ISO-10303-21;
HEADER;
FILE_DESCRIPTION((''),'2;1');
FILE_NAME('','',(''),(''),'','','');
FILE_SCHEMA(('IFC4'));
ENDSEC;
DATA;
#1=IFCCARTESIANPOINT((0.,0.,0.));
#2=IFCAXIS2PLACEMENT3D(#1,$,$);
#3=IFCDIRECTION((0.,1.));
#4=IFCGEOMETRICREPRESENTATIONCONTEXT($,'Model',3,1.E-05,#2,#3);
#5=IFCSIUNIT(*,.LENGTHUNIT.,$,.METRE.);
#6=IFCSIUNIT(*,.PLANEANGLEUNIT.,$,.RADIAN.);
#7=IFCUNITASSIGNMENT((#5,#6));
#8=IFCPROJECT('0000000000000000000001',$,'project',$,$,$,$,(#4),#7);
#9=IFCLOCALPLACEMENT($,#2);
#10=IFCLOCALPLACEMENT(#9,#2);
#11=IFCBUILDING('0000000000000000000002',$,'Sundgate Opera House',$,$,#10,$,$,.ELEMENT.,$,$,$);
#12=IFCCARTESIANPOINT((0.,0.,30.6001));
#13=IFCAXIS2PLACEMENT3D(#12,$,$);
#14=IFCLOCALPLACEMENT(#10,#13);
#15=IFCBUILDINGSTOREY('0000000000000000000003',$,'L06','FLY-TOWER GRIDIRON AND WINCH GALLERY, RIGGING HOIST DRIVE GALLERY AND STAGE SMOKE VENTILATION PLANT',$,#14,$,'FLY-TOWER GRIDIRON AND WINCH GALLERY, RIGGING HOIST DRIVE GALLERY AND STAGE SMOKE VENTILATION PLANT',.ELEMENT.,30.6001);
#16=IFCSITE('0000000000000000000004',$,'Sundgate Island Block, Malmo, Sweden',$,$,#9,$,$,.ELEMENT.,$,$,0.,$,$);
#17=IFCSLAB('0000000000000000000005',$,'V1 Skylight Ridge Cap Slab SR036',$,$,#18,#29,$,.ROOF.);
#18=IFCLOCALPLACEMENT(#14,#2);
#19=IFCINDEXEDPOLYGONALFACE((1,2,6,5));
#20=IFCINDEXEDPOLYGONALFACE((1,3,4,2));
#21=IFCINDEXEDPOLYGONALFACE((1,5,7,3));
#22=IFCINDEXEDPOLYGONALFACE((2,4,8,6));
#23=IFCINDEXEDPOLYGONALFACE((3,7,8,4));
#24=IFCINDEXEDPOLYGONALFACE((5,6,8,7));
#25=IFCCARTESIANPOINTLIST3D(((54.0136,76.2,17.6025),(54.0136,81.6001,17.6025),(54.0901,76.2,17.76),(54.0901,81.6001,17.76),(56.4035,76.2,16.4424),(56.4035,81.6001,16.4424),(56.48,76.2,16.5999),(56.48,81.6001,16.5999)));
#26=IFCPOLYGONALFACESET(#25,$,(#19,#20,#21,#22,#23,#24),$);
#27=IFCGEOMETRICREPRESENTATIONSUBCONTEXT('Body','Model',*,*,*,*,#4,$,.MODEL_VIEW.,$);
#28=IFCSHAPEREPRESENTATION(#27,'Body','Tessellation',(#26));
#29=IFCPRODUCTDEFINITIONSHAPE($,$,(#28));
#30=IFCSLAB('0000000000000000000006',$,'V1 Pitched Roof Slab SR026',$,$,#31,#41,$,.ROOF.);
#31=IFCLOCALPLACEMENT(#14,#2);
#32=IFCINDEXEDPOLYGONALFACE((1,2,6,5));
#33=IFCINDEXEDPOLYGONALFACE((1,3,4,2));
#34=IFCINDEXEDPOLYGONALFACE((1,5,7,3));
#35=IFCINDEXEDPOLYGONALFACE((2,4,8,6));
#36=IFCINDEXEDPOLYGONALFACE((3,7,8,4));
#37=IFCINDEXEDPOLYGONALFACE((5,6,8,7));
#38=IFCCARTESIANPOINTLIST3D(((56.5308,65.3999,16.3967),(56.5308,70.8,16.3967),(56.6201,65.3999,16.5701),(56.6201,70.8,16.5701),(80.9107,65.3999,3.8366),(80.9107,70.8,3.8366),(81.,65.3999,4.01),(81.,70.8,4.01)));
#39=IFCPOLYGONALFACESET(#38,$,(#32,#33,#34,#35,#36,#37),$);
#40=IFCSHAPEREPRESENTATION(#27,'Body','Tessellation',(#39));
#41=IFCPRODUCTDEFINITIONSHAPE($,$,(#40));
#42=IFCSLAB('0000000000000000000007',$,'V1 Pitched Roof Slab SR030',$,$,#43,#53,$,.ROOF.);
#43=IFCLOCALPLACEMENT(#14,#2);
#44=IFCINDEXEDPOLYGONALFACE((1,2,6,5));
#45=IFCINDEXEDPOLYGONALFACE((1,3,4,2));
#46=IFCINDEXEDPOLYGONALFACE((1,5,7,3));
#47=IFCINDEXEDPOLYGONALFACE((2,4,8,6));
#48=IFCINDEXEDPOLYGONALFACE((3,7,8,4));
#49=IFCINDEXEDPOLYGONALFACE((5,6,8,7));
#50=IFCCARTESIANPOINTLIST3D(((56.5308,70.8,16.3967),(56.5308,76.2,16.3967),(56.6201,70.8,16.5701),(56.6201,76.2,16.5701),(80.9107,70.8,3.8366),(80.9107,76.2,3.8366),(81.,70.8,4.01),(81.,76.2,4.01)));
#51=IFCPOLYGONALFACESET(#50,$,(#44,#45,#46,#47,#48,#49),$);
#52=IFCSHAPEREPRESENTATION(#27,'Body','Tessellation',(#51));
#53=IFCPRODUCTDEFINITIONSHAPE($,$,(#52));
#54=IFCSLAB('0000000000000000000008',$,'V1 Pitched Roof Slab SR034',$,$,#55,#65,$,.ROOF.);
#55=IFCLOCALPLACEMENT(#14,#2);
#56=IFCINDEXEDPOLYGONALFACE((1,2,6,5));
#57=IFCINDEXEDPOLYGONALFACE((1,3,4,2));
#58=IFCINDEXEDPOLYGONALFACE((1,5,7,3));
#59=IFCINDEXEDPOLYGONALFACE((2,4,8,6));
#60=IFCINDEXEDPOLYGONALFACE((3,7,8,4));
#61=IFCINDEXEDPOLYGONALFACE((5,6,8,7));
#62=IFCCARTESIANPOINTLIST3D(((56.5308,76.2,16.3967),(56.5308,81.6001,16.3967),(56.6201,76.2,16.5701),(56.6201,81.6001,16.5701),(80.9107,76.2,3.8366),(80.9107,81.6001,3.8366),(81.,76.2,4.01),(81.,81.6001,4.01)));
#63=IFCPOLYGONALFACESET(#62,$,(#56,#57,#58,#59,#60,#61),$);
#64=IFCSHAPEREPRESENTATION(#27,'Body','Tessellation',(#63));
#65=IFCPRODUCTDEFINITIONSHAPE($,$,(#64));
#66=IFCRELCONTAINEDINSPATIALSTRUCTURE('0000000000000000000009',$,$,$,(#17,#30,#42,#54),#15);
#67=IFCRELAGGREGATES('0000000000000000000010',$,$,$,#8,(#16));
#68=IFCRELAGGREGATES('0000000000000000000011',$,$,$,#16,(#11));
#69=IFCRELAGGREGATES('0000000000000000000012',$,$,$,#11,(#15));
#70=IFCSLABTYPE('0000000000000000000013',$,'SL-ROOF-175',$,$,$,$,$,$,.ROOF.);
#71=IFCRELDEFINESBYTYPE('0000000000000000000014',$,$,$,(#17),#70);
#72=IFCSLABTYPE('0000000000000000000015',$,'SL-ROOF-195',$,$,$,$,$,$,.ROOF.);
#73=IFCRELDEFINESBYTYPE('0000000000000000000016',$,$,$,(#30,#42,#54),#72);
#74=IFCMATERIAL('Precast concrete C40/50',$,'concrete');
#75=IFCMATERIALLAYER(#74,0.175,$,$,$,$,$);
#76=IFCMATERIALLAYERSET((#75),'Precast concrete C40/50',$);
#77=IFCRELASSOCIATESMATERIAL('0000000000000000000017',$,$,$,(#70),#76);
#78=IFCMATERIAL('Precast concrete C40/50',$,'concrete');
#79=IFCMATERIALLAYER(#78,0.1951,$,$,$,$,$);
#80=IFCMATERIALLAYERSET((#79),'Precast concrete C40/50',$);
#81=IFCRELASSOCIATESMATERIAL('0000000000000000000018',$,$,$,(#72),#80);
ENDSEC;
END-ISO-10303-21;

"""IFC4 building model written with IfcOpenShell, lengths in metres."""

from ifc_helpers import new_model, si_unit, direction, frame, origin, place, context, subcontext, project, spatial, polyline, outline, extrude, material, layer, layer_set, type_object, element, save


model = new_model("IFC4")

# Units and contexts
model_context = context("Model", 3, precision=1e-05, world=origin(), true_north=direction((0.0, 1.0)))
body_context = subcontext(model_context, "Body", "Model", "MODEL_VIEW")
ifc_project = project(units=[si_unit("LENGTHUNIT", "METRE"), si_unit("PLANEANGLEUNIT", "RADIAN")], contexts=[model_context])

# Site, building, storey
site_placement = place(None, origin())
site = spatial("IfcSite", under=ifc_project, at=site_placement, Name="Sundgate Island Block, Malmo, Sweden", CompositionType="ELEMENT", RefElevation=0.0)
building_placement = place(site_placement, origin())
building = spatial("IfcBuilding", under=site, at=building_placement, Name="Sundgate Opera House", CompositionType="ELEMENT")
storey_placement = place(building_placement, frame((0.0, 0.0, 30.6001)))
storey = spatial("IfcBuildingStorey", under=building, at=storey_placement, Name="L06", Description="FLY-TOWER GRIDIRON AND WINCH GALLERY, RIGGING HOIST DRIVE GALLERY AND STAGE SMOKE VENTILATION PLANT", LongName="FLY-TOWER GRIDIRON AND WINCH GALLERY, RIGGING HOIST DRIVE GALLERY AND STAGE SMOKE VENTILATION PLANT", CompositionType="ELEMENT", Elevation=30.6001)

# Slabs
ifc_material_1 = material(Name="Precast concrete C40/50", Category="concrete")
ifc_layer_1 = layer(ifc_material_1, 0.175)
ifc_layer_set_1 = layer_set([ifc_layer_1], Name="Precast concrete C40/50")
slab_type_1 = type_object("IfcSlabType", Name="SL-ROOF-175", PredefinedType="ROOF", material=ifc_layer_set_1)
slab_1_placement = place(storey_placement, frame((54.0901, 76.2, 17.76), z_axis=(0.436706, 0.0, 0.899604), x_axis=(0.899604, 0.0, -0.436706)))
element("IfcSlab", 1, at=slab_1_placement, inside=storey, type_object=slab_type_1, Name="V1 Skylight Ridge Cap Slab SR036", PredefinedType="ROOF", context=body_context, shape_type="SweptSolid", body=[
    extrude(outline(polyline([(0.0, 0.0), (2.6566, 0.0), (2.6566, 5.4001), (0.0, 5.4001), (0.0, 0.0)])), origin(), (0.0, 0.0, -1.0), 0.175),
])
ifc_material_2 = material(Name="Precast concrete C40/50", Category="concrete")
ifc_layer_2 = layer(ifc_material_2, 0.1951)
ifc_layer_set_2 = layer_set([ifc_layer_2], Name="Precast concrete C40/50")
slab_type_2 = type_object("IfcSlabType", Name="SL-ROOF-195", PredefinedType="ROOF", material=ifc_layer_set_2)
slab_2_placement = place(storey_placement, frame((56.6201, 65.3999, 16.5701), z_axis=(0.457977, 0.0, 0.888964), x_axis=(0.888964, 0.0, -0.457977)))
element("IfcSlab", 2, at=slab_2_placement, inside=storey, type_object=slab_type_2, Name="V1 Pitched Roof Slab SR026", PredefinedType="ROOF", context=body_context, shape_type="SweptSolid", body=[
    extrude(outline(polyline([(0.0, 0.0), (27.4251, 0.0), (27.4251, 5.4001), (0.0, 5.4001), (0.0, 0.0)])), origin(), (0.0, 0.0, -1.0), 0.1951),
])
slab_3_placement = place(storey_placement, frame((56.6201, 70.8, 16.5701), z_axis=(0.457977, 0.0, 0.888964), x_axis=(0.888964, 0.0, -0.457977)))
element("IfcSlab", 3, at=slab_3_placement, inside=storey, type_object=slab_type_2, Name="V1 Pitched Roof Slab SR030", PredefinedType="ROOF", context=body_context, shape_type="SweptSolid", body=[
    extrude(outline(polyline([(0.0, 0.0), (27.4251, 0.0), (27.4251, 5.3999), (0.0, 5.3999), (0.0, 0.0)])), origin(), (0.0, 0.0, -1.0), 0.1951),
])
slab_4_placement = place(storey_placement, frame((56.6201, 76.2, 16.5701), z_axis=(0.457977, 0.0, 0.888964), x_axis=(0.888964, 0.0, -0.457977)))
element("IfcSlab", 4, at=slab_4_placement, inside=storey, type_object=slab_type_2, Name="V1 Pitched Roof Slab SR034", PredefinedType="ROOF", context=body_context, shape_type="SweptSolid", body=[
    extrude(outline(polyline([(0.0, 0.0), (27.4251, 0.0), (27.4251, 5.4001), (0.0, 5.4001), (0.0, 0.0)])), origin(), (0.0, 0.0, -1.0), 0.1951),
])

save(model, "model.ifc")
